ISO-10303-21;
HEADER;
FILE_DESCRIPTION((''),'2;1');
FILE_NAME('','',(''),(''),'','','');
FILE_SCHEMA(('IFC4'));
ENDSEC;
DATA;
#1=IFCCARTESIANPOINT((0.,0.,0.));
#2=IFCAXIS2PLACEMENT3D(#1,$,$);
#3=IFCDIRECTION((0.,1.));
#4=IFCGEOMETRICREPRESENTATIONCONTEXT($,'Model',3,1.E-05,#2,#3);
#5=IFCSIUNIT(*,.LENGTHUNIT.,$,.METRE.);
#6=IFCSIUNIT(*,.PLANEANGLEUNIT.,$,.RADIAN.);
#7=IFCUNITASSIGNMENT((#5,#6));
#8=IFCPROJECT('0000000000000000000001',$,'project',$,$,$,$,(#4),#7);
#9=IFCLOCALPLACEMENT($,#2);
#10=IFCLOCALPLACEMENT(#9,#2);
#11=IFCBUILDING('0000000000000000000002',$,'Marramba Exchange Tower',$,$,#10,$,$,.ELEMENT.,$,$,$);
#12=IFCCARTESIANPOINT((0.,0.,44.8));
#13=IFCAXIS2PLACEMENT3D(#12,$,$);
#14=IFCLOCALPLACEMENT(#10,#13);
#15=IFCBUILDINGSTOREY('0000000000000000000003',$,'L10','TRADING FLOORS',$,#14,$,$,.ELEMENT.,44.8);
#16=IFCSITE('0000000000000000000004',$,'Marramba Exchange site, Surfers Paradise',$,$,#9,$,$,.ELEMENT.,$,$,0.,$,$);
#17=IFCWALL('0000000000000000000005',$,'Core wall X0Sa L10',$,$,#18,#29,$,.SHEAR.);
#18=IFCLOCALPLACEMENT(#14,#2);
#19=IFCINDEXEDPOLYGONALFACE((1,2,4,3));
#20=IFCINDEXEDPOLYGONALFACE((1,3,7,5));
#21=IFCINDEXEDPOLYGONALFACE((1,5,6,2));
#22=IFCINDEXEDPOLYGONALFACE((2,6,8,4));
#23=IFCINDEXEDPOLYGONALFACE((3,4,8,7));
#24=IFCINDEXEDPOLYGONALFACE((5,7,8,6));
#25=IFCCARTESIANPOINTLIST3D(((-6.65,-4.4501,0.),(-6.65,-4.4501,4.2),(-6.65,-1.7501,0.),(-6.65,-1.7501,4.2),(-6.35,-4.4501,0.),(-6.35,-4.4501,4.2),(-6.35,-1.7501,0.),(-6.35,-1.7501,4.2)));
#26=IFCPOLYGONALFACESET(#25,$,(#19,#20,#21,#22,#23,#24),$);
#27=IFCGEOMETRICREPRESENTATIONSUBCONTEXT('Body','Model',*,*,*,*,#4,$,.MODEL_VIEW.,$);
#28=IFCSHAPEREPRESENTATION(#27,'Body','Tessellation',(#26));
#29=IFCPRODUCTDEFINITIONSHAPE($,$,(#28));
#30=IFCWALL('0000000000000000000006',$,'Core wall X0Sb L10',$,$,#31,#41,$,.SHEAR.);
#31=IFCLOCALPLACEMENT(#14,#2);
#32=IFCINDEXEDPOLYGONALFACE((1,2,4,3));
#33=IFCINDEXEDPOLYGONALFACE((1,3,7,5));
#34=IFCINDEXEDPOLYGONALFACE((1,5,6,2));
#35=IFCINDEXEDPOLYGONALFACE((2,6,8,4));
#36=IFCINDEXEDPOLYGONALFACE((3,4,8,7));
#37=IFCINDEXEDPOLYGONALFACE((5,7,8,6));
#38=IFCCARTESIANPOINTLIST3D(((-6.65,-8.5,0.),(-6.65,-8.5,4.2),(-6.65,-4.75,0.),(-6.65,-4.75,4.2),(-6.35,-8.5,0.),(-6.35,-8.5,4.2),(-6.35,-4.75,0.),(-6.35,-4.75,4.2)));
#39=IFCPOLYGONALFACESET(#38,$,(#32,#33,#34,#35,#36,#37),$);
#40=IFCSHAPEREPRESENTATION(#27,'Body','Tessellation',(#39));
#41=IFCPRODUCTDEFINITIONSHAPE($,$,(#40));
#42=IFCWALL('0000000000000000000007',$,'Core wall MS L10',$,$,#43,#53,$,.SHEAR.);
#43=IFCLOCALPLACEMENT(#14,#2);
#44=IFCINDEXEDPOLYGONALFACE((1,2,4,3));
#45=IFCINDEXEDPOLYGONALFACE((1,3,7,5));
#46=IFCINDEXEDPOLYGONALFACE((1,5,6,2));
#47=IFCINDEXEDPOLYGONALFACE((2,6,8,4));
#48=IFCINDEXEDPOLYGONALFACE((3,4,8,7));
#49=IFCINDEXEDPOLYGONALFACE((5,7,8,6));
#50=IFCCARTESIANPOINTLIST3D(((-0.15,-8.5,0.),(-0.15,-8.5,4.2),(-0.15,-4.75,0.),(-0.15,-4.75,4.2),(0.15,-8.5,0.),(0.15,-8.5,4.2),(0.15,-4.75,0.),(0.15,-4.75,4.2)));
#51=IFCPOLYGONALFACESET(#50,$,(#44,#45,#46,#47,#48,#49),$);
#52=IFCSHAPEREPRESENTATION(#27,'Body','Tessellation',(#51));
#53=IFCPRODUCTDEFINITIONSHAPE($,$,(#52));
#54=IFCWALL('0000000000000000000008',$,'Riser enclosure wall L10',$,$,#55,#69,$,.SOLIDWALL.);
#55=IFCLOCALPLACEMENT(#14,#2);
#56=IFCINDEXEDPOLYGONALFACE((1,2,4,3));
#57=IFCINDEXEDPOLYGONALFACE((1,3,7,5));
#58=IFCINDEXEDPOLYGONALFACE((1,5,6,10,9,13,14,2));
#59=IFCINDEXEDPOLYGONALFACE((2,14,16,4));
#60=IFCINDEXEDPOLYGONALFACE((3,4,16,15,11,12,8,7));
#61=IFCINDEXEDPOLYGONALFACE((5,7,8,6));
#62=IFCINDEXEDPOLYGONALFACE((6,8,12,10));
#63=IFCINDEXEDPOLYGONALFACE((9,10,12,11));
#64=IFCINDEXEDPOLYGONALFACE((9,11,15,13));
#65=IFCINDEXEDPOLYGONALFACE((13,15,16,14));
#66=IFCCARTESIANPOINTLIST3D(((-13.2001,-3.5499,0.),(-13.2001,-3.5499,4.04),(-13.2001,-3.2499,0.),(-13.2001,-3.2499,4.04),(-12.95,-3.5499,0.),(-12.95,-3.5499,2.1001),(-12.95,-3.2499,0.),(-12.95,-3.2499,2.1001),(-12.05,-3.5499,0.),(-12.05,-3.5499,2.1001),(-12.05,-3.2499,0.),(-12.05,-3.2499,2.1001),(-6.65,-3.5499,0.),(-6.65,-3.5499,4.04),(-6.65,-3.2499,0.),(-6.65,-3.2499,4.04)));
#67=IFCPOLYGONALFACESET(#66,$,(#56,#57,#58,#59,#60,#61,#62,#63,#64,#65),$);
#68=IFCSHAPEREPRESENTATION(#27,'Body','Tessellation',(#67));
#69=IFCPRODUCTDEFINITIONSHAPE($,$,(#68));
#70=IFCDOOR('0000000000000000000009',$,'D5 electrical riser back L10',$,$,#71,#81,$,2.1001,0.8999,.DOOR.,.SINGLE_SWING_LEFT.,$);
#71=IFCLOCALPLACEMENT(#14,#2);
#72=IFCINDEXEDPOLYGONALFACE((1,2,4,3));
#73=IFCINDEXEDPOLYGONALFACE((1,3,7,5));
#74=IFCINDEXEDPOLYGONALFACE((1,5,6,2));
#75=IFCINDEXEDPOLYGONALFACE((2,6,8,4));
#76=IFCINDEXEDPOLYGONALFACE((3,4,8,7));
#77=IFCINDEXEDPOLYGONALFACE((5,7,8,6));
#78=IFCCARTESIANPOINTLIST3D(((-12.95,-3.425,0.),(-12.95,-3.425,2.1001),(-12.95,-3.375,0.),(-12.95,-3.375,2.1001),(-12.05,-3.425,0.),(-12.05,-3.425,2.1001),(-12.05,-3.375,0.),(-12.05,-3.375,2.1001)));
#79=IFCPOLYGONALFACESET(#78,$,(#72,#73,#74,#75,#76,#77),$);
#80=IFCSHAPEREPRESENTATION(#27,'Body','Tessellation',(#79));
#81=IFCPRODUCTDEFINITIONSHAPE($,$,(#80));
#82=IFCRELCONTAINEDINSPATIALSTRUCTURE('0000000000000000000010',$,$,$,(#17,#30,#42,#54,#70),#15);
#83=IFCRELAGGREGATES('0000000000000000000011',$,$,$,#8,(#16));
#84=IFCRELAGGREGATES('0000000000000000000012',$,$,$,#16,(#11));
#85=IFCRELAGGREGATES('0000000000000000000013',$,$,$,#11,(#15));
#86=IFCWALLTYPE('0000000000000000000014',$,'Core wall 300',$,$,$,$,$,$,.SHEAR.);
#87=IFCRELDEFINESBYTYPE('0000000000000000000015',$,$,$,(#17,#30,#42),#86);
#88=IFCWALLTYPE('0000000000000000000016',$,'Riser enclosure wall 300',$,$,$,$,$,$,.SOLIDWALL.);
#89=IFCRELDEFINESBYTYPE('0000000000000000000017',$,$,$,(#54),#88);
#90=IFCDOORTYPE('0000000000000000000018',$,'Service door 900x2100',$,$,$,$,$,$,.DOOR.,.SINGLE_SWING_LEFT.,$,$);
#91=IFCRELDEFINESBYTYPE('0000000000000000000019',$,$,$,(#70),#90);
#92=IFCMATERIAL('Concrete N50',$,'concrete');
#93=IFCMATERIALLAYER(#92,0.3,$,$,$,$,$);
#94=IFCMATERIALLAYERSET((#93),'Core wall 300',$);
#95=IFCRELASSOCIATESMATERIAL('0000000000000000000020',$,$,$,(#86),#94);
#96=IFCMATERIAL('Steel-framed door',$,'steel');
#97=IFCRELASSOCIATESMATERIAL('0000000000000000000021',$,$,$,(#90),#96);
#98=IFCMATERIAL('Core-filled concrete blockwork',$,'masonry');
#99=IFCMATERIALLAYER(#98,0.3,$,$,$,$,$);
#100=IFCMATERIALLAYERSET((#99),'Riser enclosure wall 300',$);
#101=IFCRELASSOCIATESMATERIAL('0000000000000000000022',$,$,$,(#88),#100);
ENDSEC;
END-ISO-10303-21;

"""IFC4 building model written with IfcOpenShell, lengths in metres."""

from ifc_helpers import new_model, si_unit, direction, frame, frame_2d, origin, place, context, subcontext, project, spatial, rectangle, extrude, material, layer, layer_set, type_object, element, fill, save


model = new_model("IFC4")

# Units and contexts
model_context = context("Model", 3, precision=1e-05, world=origin(), true_north=direction((0.0, 1.0)))
body_context = subcontext(model_context, "Body", "Model", "MODEL_VIEW")
ifc_project = project(units=[si_unit("LENGTHUNIT", "METRE"), si_unit("PLANEANGLEUNIT", "RADIAN")], contexts=[model_context])

# Site, building, storey
site_placement = place(None, origin())
site = spatial("IfcSite", under=ifc_project, at=site_placement, Name="Marramba Exchange site, Surfers Paradise", CompositionType="ELEMENT", RefElevation=0.0)
building_placement = place(site_placement, origin())
building = spatial("IfcBuilding", under=site, at=building_placement, Name="Marramba Exchange Tower", CompositionType="ELEMENT")
storey_placement = place(building_placement, frame((0.0, 0.0, 44.8)))
storey = spatial("IfcBuildingStorey", under=building, at=storey_placement, Name="L10", Description="TRADING FLOORS", CompositionType="ELEMENT", Elevation=44.8)

# Shared definitions
ifc_material_1 = material(Name="Concrete N50", Category="concrete")

# Shared definitions
ifc_layer_1 = layer(ifc_material_1, 0.3)
ifc_layer_set_1 = layer_set([ifc_layer_1], Name="Core wall 300")
wall_type_1 = type_object("IfcWallType", Name="Core wall 300", PredefinedType="SHEAR", material=ifc_layer_set_1)
ifc_material_2 = material(Name="Steel-framed door", Category="steel")
door_type_1 = type_object("IfcDoorType", Name="Service door 900x2100", OperationType="SINGLE_SWING_LEFT", PredefinedType="DOOR", material=ifc_material_2)

# Walls
wall_1_placement = place(storey_placement, frame((-6.5, -1.75, 0.0), z_axis=(0.0, 0.0, 1.0), x_axis=(0.0, -1.0, 0.0)))
element("IfcWall", 1, at=wall_1_placement, inside=storey, type_object=wall_type_1, Name="Core wall X0Sa L10", PredefinedType="SHEAR", context=body_context, shape_type="SweptSolid", body=[
    extrude(rectangle(XDim=2.7, YDim=0.3, at=frame_2d((1.3501, 0.0))), origin(), (0.0, 0.0, 1.0), 4.2),
])
for number, where, z_axis, x_axis, name in (
    (2, (-6.5, -4.75, 0.0), (0.0, 0.0, 1.0), (0.0, -1.0, 0.0), "Core wall X0Sb L10"),
    (3, (0.0, -4.75, 0.0), (0.0, 0.0, 1.0), (0.0, -1.0, 0.0), "Core wall MS L10"),
):
    element("IfcWall", number, at=place(storey_placement, frame(where, z_axis=z_axis, x_axis=x_axis)), inside=storey, type_object=wall_type_1, Name=name, PredefinedType="SHEAR", context=body_context, shape_type="SweptSolid", body=[
        extrude(rectangle(XDim=3.75, YDim=0.3, at=frame_2d((1.875, 0.0))), origin(), (0.0, 0.0, 1.0), 4.2),
    ])

# Wall, opening, door
ifc_material_3 = material(Name="Core-filled concrete blockwork", Category="masonry")
ifc_layer_2 = layer(ifc_material_3, 0.3)
ifc_layer_set_2 = layer_set([ifc_layer_2], Name="Riser enclosure wall 300")
wall_type_2 = type_object("IfcWallType", Name="Riser enclosure wall 300", PredefinedType="SOLIDWALL", material=ifc_layer_set_2)
wall_2_placement = place(storey_placement, frame((-13.2, -3.3999, 0.0), z_axis=(0.0, 0.0, 1.0), x_axis=(1.0, 0.0, 0.0)))
wall_2 = element("IfcWall", 4, at=wall_2_placement, inside=storey, type_object=wall_type_2, Name="Riser enclosure wall L10", PredefinedType="SOLIDWALL", context=body_context, shape_type="SweptSolid", body=[
    extrude(rectangle(XDim=6.55, YDim=0.3, at=frame_2d((3.2749, 0.0))), origin(), (0.0, 0.0, 1.0), 4.04),
])
opening_1_placement = place(wall_2_placement, frame((0.25, 0.0, 0.0)))
opening_1 = element("IfcOpeningElement", 5, at=opening_1_placement, cuts=wall_2, PredefinedType="OPENING", context=body_context, shape_type="SweptSolid", body=[
    extrude(rectangle(XDim=0.8999, YDim=2.1001, at=frame_2d((0.45, 1.05))), frame((0.0, 0.1599, 0.0), z_axis=(0.0, -1.0, 0.0), x_axis=(1.0, 0.0, 0.0)), (0.0, 0.0, 1.0), 0.3201),
])
door_1_placement = place(opening_1_placement, origin())
door_1 = element("IfcDoor", 6, at=door_1_placement, inside=storey, type_object=door_type_1, Name="D5 electrical riser back L10", OperationType="SINGLE_SWING_LEFT", OverallHeight=2.1001, OverallWidth=0.8999, PredefinedType="DOOR", context=body_context, shape_type="SweptSolid", body=[
    extrude(rectangle(XDim=0.8999, YDim=2.1001, at=frame_2d((0.45, 1.05))), frame((0.0, 0.0249, 0.0), z_axis=(0.0, -1.0, 0.0), x_axis=(1.0, 0.0, 0.0)), (0.0, 0.0, 1.0), 0.05),
])
fill(opening_1, door_1)

save(model, "model.ifc")
